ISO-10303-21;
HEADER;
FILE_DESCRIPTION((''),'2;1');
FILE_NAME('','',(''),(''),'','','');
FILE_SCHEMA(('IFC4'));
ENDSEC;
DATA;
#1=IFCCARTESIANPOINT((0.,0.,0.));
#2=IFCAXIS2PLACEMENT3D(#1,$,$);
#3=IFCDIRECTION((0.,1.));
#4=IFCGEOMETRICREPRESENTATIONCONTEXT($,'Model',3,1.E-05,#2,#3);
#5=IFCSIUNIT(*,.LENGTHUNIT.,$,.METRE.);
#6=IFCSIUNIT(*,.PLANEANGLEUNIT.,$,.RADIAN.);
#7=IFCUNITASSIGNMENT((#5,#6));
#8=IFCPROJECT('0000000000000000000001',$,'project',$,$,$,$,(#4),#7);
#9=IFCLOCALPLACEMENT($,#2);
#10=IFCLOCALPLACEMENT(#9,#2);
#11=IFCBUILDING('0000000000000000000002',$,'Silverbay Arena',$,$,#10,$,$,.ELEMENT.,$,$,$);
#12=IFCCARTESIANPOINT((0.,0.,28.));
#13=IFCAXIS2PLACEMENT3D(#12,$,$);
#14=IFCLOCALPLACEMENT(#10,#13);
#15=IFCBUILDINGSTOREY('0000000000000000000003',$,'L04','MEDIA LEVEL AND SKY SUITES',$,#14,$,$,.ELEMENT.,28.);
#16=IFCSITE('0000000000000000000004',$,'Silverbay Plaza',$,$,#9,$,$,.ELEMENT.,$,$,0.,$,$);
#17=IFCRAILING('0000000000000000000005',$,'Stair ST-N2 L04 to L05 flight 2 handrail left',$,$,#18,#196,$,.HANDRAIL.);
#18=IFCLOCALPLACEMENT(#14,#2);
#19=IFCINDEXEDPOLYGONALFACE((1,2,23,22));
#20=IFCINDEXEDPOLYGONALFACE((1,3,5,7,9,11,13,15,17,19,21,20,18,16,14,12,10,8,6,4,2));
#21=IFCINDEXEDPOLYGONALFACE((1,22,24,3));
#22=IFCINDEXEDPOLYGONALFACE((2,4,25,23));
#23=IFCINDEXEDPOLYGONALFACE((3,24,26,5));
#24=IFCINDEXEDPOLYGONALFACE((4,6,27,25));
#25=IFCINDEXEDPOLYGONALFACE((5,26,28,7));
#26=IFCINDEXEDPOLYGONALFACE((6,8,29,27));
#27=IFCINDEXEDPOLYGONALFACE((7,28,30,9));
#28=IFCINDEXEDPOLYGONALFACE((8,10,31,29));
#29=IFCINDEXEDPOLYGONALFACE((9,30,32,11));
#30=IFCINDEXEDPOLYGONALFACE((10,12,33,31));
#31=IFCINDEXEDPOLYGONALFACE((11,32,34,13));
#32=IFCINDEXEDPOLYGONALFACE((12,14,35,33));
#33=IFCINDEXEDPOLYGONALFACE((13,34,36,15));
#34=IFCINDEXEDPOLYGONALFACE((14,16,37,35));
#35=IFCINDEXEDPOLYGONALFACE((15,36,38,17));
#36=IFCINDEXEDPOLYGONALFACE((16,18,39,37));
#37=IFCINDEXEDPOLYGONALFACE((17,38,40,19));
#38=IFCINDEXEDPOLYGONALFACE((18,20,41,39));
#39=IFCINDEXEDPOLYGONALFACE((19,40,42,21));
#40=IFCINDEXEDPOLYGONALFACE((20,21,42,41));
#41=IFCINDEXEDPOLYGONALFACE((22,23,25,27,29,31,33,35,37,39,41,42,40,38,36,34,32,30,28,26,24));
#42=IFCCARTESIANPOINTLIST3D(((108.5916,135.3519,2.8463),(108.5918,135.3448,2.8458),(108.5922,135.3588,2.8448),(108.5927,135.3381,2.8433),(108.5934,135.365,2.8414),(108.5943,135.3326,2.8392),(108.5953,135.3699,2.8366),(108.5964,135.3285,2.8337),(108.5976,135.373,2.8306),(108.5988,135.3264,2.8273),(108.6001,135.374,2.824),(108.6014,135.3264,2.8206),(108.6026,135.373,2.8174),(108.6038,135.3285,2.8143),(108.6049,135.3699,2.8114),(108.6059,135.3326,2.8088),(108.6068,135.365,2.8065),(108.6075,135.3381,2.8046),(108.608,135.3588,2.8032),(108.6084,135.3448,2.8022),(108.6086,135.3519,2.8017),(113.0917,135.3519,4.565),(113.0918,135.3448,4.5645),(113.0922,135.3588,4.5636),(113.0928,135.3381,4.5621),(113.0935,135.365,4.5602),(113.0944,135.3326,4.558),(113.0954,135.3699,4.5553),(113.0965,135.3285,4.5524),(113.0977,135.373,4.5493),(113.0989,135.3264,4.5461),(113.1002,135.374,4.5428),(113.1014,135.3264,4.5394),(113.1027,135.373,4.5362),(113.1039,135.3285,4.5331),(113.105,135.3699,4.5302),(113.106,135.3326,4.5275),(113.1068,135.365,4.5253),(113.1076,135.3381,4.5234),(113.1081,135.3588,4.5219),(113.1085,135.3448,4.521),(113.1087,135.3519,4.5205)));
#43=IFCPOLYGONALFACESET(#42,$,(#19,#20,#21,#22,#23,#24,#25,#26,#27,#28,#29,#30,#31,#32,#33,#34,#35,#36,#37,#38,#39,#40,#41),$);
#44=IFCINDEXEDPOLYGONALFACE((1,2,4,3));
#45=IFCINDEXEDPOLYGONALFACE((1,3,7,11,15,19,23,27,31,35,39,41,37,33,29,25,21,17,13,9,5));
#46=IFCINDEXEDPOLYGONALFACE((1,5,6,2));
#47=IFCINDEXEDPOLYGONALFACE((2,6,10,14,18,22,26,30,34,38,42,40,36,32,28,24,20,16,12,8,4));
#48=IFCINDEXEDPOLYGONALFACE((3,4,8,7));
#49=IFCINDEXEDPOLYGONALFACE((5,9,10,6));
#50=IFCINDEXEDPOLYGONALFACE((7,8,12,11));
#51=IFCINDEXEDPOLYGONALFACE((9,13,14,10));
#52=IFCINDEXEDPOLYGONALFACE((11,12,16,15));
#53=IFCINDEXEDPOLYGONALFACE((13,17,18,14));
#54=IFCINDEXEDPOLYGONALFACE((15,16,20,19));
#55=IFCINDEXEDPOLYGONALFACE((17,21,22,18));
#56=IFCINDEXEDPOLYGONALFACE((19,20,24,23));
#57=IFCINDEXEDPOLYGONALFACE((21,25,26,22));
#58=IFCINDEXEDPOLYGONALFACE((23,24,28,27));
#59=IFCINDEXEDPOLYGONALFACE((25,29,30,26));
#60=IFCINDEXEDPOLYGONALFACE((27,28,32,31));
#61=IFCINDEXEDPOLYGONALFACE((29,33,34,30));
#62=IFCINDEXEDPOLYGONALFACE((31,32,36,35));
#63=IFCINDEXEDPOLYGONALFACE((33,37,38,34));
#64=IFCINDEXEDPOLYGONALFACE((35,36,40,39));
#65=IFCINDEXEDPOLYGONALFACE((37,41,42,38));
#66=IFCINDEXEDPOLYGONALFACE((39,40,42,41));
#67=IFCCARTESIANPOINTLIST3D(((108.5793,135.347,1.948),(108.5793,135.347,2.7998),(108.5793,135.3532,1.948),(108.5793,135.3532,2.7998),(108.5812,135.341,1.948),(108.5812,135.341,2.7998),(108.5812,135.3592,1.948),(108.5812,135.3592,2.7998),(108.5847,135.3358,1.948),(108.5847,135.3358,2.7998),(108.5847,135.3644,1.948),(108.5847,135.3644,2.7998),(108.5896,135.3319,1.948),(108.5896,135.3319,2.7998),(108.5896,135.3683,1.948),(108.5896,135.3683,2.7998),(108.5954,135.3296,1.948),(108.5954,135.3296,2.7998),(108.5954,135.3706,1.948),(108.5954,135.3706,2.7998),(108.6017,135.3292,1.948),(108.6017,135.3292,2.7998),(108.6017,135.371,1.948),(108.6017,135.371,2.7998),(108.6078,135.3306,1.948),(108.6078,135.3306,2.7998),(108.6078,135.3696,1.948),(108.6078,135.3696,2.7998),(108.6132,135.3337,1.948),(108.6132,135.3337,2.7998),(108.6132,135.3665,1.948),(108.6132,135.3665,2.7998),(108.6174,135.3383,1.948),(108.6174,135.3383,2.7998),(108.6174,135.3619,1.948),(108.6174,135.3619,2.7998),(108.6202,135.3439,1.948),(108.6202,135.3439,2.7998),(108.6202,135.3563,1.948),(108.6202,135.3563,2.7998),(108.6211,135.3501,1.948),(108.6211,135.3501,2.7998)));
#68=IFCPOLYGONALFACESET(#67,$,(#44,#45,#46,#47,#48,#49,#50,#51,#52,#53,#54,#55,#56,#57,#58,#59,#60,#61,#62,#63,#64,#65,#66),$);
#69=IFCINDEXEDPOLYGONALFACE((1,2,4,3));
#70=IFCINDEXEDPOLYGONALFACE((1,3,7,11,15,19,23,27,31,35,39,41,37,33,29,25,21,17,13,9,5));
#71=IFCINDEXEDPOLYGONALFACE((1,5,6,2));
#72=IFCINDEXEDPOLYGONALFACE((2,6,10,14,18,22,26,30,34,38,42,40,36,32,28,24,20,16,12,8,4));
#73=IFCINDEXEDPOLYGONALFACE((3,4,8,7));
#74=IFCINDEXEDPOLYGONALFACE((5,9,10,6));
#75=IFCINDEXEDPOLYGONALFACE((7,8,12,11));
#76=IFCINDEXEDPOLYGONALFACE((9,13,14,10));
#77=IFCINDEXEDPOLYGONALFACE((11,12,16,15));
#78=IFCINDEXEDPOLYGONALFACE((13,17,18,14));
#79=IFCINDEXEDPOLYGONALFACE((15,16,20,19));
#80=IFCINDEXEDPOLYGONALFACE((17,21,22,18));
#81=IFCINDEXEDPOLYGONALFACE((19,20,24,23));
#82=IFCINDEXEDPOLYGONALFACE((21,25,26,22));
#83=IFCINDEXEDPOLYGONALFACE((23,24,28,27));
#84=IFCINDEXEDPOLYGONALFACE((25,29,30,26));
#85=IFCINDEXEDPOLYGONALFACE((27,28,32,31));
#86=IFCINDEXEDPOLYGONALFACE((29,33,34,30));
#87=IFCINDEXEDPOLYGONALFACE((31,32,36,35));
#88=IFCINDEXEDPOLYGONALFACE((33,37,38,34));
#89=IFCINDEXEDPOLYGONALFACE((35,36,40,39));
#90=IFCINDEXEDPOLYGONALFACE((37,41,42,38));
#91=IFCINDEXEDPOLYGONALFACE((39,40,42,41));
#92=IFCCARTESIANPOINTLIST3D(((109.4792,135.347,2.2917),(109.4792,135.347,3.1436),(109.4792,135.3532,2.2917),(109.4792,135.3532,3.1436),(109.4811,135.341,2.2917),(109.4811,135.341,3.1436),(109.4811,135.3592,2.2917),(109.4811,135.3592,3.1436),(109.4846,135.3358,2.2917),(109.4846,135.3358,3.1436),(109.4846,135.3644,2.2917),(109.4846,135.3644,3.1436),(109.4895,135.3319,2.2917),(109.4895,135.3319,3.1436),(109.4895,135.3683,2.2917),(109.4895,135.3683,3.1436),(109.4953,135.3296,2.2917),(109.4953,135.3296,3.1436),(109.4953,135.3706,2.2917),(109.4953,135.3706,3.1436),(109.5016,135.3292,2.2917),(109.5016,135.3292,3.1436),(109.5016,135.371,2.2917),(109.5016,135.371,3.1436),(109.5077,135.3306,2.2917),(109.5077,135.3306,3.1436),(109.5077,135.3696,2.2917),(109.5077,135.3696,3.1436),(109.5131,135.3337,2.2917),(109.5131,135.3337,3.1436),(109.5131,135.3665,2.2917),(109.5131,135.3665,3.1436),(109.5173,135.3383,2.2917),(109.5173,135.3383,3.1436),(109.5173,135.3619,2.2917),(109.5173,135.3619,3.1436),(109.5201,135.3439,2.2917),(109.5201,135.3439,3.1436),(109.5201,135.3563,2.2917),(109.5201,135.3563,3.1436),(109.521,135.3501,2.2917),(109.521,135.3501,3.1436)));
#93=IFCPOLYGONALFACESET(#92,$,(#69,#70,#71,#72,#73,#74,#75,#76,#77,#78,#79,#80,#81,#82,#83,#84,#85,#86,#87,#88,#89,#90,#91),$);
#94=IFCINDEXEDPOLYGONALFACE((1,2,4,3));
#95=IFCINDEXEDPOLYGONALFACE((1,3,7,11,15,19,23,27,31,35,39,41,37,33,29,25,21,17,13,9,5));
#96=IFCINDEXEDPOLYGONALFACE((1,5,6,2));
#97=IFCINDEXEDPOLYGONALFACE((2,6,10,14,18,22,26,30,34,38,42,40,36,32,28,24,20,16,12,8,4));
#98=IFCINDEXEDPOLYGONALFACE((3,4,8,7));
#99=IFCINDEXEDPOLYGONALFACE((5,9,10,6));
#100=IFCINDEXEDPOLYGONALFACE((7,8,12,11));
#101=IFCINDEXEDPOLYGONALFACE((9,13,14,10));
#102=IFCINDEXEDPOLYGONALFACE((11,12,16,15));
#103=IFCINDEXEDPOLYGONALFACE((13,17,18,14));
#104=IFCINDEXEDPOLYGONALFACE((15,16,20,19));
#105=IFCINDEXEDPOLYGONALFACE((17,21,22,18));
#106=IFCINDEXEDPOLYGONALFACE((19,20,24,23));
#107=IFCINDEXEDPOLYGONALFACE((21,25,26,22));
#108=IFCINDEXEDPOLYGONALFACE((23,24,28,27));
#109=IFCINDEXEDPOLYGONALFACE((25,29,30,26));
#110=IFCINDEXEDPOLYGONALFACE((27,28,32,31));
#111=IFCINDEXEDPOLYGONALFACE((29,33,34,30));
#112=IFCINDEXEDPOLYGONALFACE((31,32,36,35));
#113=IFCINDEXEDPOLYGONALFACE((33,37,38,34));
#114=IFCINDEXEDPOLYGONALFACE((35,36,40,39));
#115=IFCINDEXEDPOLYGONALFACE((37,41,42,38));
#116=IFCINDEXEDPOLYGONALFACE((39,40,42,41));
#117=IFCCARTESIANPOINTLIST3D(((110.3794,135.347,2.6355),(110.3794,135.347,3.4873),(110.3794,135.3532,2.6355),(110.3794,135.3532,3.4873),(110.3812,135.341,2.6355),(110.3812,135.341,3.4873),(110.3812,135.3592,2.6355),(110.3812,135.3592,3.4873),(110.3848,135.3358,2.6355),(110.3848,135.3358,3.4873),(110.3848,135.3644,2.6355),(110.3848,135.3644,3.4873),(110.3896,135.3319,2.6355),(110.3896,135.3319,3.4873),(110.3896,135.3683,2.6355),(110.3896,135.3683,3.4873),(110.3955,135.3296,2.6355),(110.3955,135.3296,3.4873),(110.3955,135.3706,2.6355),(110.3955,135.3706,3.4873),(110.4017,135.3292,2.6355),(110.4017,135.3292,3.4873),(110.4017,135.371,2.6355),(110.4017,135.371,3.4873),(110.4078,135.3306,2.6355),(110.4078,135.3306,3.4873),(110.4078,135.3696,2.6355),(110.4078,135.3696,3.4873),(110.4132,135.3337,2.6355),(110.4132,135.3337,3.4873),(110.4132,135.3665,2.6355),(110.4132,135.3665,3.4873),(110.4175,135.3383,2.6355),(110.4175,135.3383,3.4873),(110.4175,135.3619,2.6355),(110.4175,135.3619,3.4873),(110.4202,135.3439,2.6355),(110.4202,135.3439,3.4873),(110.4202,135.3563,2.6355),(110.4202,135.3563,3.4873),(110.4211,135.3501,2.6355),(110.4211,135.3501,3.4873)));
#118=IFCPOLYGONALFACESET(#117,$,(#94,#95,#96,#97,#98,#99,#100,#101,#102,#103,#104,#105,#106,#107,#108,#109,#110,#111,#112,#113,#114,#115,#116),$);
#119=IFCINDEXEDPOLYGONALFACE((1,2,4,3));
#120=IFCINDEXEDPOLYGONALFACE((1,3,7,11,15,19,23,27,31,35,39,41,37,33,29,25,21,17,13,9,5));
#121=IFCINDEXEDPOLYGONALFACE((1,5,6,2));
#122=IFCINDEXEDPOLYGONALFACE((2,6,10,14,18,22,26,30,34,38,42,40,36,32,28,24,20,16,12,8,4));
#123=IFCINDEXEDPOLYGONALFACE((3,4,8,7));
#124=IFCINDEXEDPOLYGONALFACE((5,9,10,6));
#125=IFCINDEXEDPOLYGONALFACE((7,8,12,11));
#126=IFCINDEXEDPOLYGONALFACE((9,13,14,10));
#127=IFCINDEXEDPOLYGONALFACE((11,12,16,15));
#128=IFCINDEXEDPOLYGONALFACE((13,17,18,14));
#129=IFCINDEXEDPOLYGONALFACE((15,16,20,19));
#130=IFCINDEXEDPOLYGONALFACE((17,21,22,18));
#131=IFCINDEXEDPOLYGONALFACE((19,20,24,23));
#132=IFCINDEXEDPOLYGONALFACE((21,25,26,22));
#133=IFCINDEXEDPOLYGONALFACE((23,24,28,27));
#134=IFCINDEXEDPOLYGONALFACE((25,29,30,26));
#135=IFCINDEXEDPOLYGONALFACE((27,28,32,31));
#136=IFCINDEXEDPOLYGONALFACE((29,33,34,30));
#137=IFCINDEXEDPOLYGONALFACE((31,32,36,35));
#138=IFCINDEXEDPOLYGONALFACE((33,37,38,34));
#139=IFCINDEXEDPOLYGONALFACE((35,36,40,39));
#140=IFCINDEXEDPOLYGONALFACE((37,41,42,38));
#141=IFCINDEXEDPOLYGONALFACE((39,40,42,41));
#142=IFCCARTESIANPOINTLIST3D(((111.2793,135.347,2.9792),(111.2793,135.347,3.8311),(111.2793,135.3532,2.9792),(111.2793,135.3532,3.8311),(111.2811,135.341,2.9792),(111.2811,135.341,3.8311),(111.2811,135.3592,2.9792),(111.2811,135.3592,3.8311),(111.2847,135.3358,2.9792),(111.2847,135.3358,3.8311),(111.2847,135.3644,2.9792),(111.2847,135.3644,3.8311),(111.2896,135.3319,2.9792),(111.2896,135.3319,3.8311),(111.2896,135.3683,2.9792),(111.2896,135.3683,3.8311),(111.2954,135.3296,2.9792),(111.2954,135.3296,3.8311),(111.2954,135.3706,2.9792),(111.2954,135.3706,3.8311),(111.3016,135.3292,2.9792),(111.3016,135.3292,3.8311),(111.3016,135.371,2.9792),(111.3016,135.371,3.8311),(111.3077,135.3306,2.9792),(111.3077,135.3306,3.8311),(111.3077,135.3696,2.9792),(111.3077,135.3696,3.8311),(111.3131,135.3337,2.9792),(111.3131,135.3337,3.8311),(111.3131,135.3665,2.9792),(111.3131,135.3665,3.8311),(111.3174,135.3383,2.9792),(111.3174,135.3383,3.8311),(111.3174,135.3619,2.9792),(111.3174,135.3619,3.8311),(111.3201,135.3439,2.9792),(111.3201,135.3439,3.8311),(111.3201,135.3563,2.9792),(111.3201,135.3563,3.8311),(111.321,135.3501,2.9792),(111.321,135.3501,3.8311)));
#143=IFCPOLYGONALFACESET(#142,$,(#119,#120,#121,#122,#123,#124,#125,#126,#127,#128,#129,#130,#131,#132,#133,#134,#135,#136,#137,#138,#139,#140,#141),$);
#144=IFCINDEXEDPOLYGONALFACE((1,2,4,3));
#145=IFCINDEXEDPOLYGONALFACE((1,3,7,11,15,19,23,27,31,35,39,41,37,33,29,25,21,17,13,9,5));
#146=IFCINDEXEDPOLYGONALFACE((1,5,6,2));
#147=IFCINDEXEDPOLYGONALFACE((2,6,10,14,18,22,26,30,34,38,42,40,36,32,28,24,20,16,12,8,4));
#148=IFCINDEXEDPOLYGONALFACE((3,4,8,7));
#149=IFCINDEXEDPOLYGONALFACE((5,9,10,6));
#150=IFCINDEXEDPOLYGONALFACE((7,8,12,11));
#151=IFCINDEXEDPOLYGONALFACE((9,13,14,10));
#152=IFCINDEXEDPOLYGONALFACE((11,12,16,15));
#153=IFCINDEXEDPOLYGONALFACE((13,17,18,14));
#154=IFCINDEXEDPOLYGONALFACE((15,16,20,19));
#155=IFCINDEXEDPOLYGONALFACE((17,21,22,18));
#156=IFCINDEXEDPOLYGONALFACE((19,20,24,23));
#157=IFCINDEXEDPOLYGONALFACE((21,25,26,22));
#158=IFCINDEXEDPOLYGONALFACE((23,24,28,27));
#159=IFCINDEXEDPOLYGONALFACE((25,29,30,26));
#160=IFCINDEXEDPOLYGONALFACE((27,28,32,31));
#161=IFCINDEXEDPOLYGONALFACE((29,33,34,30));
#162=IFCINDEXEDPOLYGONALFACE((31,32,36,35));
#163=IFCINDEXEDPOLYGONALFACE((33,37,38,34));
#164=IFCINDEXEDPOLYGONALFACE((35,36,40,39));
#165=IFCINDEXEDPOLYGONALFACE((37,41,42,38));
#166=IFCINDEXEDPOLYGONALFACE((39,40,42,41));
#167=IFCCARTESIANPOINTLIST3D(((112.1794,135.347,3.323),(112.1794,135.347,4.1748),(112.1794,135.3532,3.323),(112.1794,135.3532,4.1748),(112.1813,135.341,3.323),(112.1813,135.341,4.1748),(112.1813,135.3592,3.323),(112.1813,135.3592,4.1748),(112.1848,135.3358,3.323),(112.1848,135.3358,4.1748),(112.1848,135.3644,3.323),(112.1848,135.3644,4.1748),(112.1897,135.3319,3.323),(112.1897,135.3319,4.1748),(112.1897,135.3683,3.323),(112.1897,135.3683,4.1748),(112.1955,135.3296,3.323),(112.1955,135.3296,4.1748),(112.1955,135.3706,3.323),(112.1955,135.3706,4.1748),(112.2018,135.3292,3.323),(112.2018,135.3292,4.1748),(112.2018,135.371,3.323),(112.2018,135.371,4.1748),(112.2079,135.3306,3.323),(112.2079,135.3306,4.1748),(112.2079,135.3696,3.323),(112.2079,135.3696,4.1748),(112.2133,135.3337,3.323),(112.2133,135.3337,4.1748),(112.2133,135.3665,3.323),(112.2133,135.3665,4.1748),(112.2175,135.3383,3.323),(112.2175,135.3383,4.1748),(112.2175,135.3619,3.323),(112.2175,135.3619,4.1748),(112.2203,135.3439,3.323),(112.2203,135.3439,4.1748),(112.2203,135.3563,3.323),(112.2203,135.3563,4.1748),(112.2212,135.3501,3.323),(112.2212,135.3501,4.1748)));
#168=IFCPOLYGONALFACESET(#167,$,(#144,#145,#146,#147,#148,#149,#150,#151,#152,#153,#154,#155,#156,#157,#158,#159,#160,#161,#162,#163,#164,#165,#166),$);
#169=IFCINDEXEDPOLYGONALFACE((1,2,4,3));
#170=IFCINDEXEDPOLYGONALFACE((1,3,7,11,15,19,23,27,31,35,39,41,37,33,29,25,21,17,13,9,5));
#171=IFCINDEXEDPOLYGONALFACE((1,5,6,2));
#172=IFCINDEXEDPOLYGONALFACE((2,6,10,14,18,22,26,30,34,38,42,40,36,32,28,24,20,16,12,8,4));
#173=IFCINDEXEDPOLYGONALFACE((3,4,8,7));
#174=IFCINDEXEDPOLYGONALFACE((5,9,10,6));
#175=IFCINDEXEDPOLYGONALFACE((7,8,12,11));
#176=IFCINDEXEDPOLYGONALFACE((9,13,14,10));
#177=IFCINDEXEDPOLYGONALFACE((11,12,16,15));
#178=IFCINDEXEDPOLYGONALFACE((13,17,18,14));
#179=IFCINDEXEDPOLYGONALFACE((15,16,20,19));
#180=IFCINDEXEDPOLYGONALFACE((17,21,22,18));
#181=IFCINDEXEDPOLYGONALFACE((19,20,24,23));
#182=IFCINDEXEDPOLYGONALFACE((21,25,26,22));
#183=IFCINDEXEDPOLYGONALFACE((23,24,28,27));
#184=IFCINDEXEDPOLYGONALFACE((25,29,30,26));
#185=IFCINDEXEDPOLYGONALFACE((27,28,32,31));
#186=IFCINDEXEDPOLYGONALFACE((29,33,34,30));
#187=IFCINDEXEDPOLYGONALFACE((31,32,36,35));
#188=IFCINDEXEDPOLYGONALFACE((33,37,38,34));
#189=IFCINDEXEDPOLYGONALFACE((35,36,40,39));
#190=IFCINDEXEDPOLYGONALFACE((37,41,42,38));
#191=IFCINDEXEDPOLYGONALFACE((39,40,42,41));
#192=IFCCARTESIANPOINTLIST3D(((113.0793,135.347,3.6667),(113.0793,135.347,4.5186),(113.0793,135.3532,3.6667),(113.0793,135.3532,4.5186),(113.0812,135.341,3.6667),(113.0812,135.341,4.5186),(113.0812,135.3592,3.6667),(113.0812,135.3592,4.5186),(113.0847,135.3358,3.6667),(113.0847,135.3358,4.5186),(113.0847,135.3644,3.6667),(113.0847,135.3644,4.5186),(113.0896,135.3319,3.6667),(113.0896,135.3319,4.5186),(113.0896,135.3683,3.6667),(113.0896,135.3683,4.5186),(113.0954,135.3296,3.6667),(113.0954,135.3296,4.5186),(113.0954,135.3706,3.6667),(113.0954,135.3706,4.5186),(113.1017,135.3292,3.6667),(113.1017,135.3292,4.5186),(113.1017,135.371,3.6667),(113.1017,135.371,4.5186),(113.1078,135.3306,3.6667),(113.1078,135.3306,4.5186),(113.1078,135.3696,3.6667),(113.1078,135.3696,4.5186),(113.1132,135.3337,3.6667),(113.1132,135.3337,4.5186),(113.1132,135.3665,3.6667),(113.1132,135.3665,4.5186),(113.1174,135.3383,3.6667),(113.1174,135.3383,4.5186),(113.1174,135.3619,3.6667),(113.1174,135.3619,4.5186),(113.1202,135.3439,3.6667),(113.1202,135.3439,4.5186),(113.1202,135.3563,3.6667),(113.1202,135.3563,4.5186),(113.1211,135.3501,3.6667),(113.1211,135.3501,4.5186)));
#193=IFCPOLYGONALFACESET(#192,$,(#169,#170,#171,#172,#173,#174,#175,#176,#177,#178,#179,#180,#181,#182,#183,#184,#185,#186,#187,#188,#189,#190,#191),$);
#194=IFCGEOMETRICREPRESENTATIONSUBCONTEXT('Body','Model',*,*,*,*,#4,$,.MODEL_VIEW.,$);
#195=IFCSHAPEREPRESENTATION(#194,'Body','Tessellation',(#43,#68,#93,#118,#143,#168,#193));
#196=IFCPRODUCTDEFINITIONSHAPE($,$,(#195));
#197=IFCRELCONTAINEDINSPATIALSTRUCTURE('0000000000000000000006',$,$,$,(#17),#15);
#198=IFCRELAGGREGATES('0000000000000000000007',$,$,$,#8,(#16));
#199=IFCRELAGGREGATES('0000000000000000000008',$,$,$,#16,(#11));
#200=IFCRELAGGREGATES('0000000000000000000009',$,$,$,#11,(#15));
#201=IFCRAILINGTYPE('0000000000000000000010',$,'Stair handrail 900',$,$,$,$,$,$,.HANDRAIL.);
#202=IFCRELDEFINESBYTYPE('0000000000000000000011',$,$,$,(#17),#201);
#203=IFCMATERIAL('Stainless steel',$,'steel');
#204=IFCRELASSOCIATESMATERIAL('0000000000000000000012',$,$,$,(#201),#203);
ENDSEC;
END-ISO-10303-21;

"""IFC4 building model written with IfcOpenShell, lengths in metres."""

from ifc_helpers import new_model, si_unit, direction, frame, origin, origin_2d, place, context, subcontext, project, spatial, circle, extrude, material, type_object, element, save


model = new_model("IFC4")

# Units and contexts
model_context = context("Model", 3, precision=1e-05, world=origin(), true_north=direction((0.0, 1.0)))
body_context = subcontext(model_context, "Body", "Model", "MODEL_VIEW")
ifc_project = project(units=[si_unit("LENGTHUNIT", "METRE"), si_unit("PLANEANGLEUNIT", "RADIAN")], contexts=[model_context])

# Site, building, storey
site_placement = place(None, origin())
site = spatial("IfcSite", under=ifc_project, at=site_placement, Name="Silverbay Plaza", CompositionType="ELEMENT", RefElevation=0.0)
building_placement = place(site_placement, origin())
building = spatial("IfcBuilding", under=site, at=building_placement, Name="Silverbay Arena", CompositionType="ELEMENT")
storey_placement = place(building_placement, frame((0.0, 0.0, 28.0)))
storey = spatial("IfcBuildingStorey", under=building, at=storey_placement, Name="L04", Description="MEDIA LEVEL AND SKY SUITES", CompositionType="ELEMENT", Elevation=28.0)

# Railing
ifc_material_1 = material(Name="Stainless steel", Category="steel")
railing_type_1 = type_object("IfcRailingType", Name="Stair handrail 900", PredefinedType="HANDRAIL", material=ifc_material_1)
for number, where, name in (
    (1, (108.6001, 135.3501, 1.948), "Stair ST-N2 L04 to L05 flight 2 handrail left"),
):
    element("IfcRailing", number, at=place(storey_placement, frame(where)), inside=storey, type_object=railing_type_1, Name=name, PredefinedType="HANDRAIL", context=body_context, shape_type="SweptSolid", body=[
        extrude(circle(Radius=0.0239, at=origin_2d()), frame((0.0, 0.0, 0.876), z_axis=(0.934179, 0.0, 0.356805), x_axis=(0.0, 1.0, 0.0)), (0.0, 0.0, 1.0), 4.8171),
        extrude(circle(Radius=0.021, at=origin_2d()), origin(), (0.0, 0.0, 1.0), 0.8518),
        extrude(circle(Radius=0.021, at=origin_2d()), frame((0.8999, 0.0, 0.3438)), (0.0, 0.0, 1.0), 0.8518),
        extrude(circle(Radius=0.021, at=origin_2d()), frame((1.8, 0.0, 0.6875)), (0.0, 0.0, 1.0), 0.8518),
        extrude(circle(Radius=0.021, at=origin_2d()), frame((2.7, 0.0, 1.0312)), (0.0, 0.0, 1.0), 0.8518),
        extrude(circle(Radius=0.021, at=origin_2d()), frame((3.6001, 0.0, 1.375)), (0.0, 0.0, 1.0), 0.8518),
        extrude(circle(Radius=0.021, at=origin_2d()), frame((4.5, 0.0, 1.7188)), (0.0, 0.0, 1.0), 0.8518),
    ])

save(model, "model.ifc")
